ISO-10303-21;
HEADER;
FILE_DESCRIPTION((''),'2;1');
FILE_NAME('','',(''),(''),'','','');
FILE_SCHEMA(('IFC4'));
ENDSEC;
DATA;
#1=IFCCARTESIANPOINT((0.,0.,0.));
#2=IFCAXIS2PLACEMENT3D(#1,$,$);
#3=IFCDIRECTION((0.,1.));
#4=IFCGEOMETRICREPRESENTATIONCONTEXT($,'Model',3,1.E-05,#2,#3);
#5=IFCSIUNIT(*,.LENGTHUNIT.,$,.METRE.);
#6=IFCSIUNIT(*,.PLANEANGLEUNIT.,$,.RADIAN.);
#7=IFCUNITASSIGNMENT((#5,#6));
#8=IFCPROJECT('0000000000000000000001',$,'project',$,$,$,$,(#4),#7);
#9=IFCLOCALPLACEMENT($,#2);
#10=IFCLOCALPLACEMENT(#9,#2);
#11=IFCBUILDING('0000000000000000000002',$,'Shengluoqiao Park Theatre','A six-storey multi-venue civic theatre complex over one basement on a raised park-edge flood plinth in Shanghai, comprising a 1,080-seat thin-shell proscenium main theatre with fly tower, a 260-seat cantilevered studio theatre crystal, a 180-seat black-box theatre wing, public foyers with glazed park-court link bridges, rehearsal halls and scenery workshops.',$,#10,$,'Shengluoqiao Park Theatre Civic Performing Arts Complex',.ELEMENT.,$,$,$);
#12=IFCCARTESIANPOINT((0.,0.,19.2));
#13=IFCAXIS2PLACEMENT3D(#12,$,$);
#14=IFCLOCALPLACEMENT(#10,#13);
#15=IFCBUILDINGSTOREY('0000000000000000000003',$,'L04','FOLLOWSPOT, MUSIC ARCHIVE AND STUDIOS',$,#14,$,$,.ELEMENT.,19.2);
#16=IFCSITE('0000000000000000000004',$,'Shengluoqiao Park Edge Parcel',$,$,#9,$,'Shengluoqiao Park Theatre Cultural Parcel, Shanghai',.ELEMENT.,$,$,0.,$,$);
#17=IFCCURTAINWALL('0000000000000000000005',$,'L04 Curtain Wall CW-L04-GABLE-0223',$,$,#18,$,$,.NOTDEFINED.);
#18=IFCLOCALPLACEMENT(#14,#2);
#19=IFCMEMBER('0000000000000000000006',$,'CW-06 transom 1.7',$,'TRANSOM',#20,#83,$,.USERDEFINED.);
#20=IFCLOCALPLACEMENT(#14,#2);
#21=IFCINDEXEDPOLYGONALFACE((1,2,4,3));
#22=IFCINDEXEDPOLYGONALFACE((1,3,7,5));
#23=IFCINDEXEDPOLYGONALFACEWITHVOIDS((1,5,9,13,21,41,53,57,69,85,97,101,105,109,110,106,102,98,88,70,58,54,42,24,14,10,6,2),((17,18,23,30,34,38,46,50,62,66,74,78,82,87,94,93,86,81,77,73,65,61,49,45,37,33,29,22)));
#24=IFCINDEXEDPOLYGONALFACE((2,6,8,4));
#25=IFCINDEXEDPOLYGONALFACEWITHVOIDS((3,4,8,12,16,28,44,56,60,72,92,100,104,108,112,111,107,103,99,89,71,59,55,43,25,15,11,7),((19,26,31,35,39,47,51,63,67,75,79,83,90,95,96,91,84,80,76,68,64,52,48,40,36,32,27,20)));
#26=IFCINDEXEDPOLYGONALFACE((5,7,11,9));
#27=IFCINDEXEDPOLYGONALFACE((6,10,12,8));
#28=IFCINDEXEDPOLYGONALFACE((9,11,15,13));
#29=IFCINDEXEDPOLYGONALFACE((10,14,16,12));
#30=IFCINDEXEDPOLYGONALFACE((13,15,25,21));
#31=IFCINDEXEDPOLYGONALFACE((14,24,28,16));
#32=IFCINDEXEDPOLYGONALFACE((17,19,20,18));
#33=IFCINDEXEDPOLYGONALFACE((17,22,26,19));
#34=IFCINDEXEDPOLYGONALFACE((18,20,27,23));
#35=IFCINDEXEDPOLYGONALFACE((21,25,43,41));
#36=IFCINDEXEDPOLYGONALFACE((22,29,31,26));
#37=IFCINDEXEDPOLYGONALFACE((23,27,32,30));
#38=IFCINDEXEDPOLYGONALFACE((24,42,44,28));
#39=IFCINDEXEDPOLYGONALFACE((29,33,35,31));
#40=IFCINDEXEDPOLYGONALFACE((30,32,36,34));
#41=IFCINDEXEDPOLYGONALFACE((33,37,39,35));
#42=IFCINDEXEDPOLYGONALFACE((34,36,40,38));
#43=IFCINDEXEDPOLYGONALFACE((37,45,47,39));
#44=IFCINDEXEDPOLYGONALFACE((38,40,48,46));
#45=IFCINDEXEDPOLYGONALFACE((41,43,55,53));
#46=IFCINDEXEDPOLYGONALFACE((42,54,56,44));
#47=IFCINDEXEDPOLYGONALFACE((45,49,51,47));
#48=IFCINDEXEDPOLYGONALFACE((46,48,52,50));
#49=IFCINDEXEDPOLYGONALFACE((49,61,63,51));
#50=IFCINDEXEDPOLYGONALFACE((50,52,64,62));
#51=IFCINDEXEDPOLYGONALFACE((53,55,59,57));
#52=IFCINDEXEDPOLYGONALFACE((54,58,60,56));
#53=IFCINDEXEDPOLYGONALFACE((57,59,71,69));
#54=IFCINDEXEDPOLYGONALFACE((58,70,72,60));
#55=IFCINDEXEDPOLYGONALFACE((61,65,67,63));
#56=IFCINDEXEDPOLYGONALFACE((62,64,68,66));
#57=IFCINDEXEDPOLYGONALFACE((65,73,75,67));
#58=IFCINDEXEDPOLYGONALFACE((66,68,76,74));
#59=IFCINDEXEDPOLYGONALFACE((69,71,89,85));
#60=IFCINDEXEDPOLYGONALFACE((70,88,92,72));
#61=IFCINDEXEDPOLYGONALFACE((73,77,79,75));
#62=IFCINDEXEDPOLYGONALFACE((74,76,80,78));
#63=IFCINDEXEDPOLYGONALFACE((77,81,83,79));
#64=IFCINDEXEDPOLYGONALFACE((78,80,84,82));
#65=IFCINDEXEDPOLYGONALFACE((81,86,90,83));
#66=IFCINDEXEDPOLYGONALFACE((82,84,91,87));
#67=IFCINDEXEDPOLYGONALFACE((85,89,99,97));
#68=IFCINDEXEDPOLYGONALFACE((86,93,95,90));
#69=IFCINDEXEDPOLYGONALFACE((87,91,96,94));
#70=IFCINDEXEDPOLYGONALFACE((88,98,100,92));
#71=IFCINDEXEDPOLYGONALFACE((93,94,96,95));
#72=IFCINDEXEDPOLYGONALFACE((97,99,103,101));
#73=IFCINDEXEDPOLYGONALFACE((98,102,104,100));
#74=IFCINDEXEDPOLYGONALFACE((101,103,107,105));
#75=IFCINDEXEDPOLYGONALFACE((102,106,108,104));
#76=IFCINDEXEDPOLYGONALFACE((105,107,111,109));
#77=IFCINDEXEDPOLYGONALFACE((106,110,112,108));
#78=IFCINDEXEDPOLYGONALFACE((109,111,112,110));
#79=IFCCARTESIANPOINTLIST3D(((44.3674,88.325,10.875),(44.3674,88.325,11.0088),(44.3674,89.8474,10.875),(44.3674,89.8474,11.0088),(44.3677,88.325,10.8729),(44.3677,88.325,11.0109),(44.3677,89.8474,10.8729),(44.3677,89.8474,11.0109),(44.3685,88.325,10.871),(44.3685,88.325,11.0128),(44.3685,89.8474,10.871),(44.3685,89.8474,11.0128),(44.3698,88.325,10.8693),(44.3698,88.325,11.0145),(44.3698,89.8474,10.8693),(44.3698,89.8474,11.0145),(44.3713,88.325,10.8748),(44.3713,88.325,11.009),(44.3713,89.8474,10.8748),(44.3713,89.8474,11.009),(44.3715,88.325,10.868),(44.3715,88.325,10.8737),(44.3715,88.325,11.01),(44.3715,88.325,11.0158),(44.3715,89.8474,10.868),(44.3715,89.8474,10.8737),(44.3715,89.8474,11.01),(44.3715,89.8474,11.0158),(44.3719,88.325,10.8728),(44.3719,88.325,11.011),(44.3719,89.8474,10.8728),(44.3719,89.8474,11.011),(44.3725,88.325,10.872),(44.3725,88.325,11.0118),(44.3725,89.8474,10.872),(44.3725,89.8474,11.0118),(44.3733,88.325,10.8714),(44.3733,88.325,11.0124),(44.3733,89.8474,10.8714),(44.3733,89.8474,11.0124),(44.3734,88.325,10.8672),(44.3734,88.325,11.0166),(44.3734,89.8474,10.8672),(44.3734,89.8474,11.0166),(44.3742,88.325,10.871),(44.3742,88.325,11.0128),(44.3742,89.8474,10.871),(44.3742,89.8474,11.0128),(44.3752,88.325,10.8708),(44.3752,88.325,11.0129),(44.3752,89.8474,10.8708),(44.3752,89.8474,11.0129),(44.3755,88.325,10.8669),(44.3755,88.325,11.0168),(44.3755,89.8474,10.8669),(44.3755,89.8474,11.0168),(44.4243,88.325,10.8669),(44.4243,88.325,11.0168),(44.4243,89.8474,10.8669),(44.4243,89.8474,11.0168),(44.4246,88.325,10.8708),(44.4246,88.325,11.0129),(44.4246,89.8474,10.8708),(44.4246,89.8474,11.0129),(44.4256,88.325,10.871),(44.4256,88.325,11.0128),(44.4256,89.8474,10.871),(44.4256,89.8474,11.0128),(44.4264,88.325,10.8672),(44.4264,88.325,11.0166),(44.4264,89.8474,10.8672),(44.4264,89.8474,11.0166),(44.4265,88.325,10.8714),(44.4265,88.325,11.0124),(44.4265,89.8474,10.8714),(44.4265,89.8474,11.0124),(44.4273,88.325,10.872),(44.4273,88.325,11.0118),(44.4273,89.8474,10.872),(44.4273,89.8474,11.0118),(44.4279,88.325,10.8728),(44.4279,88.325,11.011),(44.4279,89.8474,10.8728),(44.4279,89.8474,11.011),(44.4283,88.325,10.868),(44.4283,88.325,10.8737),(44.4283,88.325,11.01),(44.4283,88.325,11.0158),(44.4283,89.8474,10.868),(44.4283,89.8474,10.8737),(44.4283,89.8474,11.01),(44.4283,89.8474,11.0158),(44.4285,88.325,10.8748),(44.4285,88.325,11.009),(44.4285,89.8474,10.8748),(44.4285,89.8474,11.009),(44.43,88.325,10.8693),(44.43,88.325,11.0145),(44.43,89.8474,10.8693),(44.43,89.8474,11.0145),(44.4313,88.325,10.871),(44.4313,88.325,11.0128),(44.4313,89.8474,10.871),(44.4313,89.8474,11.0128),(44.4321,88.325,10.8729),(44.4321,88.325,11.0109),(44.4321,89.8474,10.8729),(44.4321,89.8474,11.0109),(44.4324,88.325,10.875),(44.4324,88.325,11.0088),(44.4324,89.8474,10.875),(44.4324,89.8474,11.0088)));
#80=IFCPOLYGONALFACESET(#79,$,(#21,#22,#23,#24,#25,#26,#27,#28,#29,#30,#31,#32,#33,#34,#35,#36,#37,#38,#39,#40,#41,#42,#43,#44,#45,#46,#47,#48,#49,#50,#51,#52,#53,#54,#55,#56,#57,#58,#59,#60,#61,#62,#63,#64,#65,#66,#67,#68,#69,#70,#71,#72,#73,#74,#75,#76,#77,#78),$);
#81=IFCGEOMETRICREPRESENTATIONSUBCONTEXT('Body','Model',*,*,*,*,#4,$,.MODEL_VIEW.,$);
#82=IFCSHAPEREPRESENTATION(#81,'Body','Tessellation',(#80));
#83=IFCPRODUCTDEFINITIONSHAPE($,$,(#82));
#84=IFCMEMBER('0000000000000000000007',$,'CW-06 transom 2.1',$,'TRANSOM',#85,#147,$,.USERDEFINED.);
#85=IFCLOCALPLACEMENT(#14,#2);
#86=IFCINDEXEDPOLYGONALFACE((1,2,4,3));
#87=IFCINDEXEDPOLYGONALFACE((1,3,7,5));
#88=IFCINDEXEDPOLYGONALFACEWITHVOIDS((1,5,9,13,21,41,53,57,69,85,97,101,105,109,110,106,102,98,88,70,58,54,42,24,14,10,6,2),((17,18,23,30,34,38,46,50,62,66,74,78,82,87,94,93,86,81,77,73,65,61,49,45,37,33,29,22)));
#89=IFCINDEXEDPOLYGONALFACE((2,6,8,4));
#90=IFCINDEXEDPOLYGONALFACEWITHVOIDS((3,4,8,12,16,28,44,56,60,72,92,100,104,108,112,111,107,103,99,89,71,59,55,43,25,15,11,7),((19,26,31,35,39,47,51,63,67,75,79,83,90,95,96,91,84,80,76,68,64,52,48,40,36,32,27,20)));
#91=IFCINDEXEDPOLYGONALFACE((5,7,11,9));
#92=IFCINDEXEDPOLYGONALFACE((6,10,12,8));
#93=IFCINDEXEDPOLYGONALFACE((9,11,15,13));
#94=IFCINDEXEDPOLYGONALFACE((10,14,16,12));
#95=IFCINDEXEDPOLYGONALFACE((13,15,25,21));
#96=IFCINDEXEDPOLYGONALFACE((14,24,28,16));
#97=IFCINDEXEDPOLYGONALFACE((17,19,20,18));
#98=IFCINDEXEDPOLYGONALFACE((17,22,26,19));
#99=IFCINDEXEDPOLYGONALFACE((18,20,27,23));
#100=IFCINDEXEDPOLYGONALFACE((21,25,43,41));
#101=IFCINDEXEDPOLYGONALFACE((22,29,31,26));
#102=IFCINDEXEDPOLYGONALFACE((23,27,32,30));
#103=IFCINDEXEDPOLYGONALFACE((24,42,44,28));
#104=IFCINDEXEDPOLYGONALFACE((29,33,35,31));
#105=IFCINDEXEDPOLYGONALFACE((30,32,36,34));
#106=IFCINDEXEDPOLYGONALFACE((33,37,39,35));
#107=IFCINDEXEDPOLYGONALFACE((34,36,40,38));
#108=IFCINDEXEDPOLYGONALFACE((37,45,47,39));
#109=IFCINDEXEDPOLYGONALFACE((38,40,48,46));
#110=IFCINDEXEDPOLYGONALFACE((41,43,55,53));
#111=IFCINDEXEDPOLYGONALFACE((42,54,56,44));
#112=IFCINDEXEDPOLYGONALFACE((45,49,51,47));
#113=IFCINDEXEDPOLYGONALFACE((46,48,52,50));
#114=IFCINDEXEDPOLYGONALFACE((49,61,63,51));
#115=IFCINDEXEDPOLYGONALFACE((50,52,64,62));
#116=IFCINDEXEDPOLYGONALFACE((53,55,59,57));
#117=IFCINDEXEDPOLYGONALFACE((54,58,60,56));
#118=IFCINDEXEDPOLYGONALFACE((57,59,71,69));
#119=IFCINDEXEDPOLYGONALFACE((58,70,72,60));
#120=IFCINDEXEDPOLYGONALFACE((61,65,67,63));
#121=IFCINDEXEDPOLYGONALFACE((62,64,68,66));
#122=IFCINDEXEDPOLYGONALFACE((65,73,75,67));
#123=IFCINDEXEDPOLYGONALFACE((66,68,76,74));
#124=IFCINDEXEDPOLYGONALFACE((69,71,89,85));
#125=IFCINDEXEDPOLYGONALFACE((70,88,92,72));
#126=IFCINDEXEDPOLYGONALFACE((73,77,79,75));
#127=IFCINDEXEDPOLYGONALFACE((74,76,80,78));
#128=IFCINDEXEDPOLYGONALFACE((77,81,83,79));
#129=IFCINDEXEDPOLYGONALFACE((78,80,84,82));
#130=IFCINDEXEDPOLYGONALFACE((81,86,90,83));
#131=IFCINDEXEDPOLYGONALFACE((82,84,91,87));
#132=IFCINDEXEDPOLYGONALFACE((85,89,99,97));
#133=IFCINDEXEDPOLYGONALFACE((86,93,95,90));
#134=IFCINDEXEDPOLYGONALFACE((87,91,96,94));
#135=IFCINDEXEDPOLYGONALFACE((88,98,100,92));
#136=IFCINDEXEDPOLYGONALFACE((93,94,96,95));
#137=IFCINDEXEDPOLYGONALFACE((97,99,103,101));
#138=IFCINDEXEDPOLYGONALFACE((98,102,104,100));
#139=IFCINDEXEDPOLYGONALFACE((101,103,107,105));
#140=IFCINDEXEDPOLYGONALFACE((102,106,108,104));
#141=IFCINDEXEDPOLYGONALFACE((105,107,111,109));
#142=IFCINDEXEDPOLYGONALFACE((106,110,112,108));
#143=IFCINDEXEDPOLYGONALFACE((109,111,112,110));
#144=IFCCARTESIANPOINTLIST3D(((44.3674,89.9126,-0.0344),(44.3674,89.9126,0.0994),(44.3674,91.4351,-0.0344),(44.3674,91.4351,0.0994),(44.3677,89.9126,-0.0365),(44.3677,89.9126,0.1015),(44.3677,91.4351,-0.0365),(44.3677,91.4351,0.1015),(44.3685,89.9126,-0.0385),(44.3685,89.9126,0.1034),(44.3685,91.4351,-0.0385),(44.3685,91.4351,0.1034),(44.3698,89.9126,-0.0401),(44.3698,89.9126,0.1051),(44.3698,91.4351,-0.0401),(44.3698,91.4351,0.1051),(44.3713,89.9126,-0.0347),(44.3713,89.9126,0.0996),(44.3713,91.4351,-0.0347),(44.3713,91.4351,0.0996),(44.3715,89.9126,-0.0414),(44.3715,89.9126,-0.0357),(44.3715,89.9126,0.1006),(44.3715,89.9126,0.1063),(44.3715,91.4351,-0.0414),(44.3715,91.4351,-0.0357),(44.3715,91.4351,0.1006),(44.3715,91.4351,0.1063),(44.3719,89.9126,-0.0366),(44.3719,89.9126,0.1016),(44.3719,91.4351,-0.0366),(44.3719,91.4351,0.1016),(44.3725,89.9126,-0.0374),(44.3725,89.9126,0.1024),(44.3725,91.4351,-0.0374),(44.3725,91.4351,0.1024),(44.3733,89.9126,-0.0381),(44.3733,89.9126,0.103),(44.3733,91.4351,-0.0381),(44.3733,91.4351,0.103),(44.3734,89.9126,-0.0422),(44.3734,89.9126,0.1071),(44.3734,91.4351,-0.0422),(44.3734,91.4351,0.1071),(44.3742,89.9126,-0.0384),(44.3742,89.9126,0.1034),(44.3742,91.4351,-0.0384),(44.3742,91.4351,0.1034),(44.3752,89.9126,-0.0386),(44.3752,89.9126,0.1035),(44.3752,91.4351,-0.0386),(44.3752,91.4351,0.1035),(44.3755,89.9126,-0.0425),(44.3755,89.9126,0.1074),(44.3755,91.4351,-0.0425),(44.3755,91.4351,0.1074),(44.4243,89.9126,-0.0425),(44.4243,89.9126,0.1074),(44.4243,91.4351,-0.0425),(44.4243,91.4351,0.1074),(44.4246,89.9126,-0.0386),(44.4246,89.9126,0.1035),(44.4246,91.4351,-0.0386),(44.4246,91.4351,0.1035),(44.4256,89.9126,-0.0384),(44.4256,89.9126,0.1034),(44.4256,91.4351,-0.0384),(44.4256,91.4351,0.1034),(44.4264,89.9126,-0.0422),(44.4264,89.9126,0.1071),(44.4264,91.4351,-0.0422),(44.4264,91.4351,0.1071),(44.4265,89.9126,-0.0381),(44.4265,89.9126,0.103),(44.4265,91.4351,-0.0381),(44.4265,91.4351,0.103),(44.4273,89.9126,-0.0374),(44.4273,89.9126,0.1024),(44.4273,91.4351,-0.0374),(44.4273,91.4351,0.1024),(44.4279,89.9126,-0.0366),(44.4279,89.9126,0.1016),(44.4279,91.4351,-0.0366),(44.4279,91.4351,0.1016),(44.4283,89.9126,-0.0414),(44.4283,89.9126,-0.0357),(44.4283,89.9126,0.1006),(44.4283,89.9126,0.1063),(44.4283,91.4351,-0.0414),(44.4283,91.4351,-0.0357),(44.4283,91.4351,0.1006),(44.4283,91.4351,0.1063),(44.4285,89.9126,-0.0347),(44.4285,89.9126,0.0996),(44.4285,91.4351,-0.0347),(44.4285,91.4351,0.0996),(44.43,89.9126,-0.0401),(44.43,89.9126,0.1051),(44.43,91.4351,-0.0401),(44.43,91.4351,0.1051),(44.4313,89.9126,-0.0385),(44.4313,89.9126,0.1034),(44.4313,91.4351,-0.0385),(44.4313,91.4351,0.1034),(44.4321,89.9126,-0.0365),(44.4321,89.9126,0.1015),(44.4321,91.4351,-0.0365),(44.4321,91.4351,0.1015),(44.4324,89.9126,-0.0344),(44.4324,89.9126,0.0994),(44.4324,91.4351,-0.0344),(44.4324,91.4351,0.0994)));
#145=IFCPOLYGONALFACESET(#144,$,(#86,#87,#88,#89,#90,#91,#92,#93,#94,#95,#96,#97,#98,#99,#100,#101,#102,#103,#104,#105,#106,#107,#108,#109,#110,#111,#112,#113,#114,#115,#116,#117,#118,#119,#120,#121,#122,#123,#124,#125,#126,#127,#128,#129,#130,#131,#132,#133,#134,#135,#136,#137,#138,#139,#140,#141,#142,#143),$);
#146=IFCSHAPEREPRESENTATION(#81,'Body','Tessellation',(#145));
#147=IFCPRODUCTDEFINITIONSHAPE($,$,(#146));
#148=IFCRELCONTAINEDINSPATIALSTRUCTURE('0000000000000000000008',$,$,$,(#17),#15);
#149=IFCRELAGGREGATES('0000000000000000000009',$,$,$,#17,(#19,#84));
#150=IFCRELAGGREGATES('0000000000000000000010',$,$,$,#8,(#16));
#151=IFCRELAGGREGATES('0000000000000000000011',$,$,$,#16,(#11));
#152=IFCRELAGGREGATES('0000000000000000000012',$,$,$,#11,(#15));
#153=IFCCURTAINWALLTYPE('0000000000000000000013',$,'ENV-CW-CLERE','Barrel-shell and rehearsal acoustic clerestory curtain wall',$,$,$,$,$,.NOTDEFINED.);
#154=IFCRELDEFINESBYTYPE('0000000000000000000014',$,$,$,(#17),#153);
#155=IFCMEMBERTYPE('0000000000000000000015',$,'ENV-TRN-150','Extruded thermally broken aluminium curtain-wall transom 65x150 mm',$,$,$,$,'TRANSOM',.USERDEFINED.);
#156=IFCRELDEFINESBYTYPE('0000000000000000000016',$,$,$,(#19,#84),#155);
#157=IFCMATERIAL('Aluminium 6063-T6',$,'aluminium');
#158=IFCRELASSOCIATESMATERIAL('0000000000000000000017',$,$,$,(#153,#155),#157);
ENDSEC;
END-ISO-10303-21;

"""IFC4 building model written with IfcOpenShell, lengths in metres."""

from ifc_helpers import new_model, si_unit, direction, frame, origin, origin_2d, place, context, subcontext, project, spatial, hollow_rectangle, extrude, material, material_profile, profile_set, type_object, element, aggregate, save


model = new_model("IFC4")

# Units and contexts
model_context = context("Model", 3, precision=1e-05, world=origin(), true_north=direction((0.0, 1.0)))
body_context = subcontext(model_context, "Body", "Model", "MODEL_VIEW")
ifc_project = project(units=[si_unit("LENGTHUNIT", "METRE"), si_unit("PLANEANGLEUNIT", "RADIAN")], contexts=[model_context])

# Site, building, storey
site_placement = place(None, origin())
site = spatial("IfcSite", under=ifc_project, at=site_placement, Name="Shengluoqiao Park Edge Parcel", LongName="Shengluoqiao Park Theatre Cultural Parcel, Shanghai", CompositionType="ELEMENT", RefElevation=0.0)
building_placement = place(site_placement, origin())
building = spatial("IfcBuilding", under=site, at=building_placement, Name="Shengluoqiao Park Theatre", Description="A six-storey multi-venue civic theatre complex over one basement on a raised park-edge flood plinth in Shanghai, comprising a 1,080-seat thin-shell proscenium main theatre with fly tower, a 260-seat cantilevered studio theatre crystal, a 180-seat black-box theatre wing, public foyers with glazed park-court link bridges, rehearsal halls and scenery workshops.", LongName="Shengluoqiao Park Theatre Civic Performing Arts Complex", CompositionType="ELEMENT")
storey_placement = place(building_placement, frame((0.0, 0.0, 19.2)))
storey = spatial("IfcBuildingStorey", under=building, at=storey_placement, Name="L04", Description="FOLLOWSPOT, MUSIC ARCHIVE AND STUDIOS", CompositionType="ELEMENT", Elevation=19.2)

# Curtain wall, members
ifc_material_1 = material(Name="Aluminium 6063-T6", Category="aluminium")
curtain_wall_type = type_object("IfcCurtainWallType", Name="ENV-CW-CLERE", Description="Barrel-shell and rehearsal acoustic clerestory curtain wall", PredefinedType="NOTDEFINED", material=ifc_material_1)
curtain_wall_placement = place(storey_placement, origin())
curtain_wall = element("IfcCurtainWall", 1, at=curtain_wall_placement, inside=storey, type_object=curtain_wall_type, Name="L04 Curtain Wall CW-L04-GABLE-0223", PredefinedType="NOTDEFINED")
ifc_material_profile_1 = material_profile(ifc_material_1, hollow_rectangle(XDim=0.0649, YDim=0.1499, WallThickness=0.0039, InnerFilletRadius=0.0039, OuterFilletRadius=0.0081, at=origin_2d()), Name="ALU TRANSOM 150x65x4")
ifc_profile_set_1 = profile_set([ifc_material_profile_1], Name="Aluminium 6063-T6")
member_type_1 = type_object("IfcMemberType", Name="ENV-TRN-150", Description="Extruded thermally broken aluminium curtain-wall transom 65x150 mm", ElementType="TRANSOM", PredefinedType="USERDEFINED", material=ifc_profile_set_1)
member_1_placement = place(storey_placement, frame((44.3999, 88.325, 10.9419), z_axis=(0.0, 1.0, 0.0), x_axis=(-1.0, 0.0, 0.0)))
member_1 = element("IfcMember", 2, at=member_1_placement, type_object=member_type_1, Name="CW-06 transom 1.7", ObjectType="TRANSOM", PredefinedType="USERDEFINED", context=body_context, shape_type="SweptSolid", body=[
    extrude(hollow_rectangle(XDim=0.0649, YDim=0.1499, WallThickness=0.0039, InnerFilletRadius=0.0039, OuterFilletRadius=0.0081, at=origin_2d()), origin(), (0.0, 0.0, 1.0), 1.5225),
])
member_2_placement = place(storey_placement, frame((44.3999, 89.9126, 0.0325), z_axis=(0.0, 1.0, 0.0), x_axis=(-1.0, 0.0, 0.0)))
member_2 = element("IfcMember", 3, at=member_2_placement, type_object=member_type_1, Name="CW-06 transom 2.1", ObjectType="TRANSOM", PredefinedType="USERDEFINED", context=body_context, shape_type="SweptSolid", body=[
    extrude(hollow_rectangle(XDim=0.0649, YDim=0.1499, WallThickness=0.0039, InnerFilletRadius=0.0039, OuterFilletRadius=0.0081, at=origin_2d()), origin(), (0.0, 0.0, 1.0), 1.5225),
])
aggregate(curtain_wall, [member_1, member_2])

save(model, "model.ifc")
